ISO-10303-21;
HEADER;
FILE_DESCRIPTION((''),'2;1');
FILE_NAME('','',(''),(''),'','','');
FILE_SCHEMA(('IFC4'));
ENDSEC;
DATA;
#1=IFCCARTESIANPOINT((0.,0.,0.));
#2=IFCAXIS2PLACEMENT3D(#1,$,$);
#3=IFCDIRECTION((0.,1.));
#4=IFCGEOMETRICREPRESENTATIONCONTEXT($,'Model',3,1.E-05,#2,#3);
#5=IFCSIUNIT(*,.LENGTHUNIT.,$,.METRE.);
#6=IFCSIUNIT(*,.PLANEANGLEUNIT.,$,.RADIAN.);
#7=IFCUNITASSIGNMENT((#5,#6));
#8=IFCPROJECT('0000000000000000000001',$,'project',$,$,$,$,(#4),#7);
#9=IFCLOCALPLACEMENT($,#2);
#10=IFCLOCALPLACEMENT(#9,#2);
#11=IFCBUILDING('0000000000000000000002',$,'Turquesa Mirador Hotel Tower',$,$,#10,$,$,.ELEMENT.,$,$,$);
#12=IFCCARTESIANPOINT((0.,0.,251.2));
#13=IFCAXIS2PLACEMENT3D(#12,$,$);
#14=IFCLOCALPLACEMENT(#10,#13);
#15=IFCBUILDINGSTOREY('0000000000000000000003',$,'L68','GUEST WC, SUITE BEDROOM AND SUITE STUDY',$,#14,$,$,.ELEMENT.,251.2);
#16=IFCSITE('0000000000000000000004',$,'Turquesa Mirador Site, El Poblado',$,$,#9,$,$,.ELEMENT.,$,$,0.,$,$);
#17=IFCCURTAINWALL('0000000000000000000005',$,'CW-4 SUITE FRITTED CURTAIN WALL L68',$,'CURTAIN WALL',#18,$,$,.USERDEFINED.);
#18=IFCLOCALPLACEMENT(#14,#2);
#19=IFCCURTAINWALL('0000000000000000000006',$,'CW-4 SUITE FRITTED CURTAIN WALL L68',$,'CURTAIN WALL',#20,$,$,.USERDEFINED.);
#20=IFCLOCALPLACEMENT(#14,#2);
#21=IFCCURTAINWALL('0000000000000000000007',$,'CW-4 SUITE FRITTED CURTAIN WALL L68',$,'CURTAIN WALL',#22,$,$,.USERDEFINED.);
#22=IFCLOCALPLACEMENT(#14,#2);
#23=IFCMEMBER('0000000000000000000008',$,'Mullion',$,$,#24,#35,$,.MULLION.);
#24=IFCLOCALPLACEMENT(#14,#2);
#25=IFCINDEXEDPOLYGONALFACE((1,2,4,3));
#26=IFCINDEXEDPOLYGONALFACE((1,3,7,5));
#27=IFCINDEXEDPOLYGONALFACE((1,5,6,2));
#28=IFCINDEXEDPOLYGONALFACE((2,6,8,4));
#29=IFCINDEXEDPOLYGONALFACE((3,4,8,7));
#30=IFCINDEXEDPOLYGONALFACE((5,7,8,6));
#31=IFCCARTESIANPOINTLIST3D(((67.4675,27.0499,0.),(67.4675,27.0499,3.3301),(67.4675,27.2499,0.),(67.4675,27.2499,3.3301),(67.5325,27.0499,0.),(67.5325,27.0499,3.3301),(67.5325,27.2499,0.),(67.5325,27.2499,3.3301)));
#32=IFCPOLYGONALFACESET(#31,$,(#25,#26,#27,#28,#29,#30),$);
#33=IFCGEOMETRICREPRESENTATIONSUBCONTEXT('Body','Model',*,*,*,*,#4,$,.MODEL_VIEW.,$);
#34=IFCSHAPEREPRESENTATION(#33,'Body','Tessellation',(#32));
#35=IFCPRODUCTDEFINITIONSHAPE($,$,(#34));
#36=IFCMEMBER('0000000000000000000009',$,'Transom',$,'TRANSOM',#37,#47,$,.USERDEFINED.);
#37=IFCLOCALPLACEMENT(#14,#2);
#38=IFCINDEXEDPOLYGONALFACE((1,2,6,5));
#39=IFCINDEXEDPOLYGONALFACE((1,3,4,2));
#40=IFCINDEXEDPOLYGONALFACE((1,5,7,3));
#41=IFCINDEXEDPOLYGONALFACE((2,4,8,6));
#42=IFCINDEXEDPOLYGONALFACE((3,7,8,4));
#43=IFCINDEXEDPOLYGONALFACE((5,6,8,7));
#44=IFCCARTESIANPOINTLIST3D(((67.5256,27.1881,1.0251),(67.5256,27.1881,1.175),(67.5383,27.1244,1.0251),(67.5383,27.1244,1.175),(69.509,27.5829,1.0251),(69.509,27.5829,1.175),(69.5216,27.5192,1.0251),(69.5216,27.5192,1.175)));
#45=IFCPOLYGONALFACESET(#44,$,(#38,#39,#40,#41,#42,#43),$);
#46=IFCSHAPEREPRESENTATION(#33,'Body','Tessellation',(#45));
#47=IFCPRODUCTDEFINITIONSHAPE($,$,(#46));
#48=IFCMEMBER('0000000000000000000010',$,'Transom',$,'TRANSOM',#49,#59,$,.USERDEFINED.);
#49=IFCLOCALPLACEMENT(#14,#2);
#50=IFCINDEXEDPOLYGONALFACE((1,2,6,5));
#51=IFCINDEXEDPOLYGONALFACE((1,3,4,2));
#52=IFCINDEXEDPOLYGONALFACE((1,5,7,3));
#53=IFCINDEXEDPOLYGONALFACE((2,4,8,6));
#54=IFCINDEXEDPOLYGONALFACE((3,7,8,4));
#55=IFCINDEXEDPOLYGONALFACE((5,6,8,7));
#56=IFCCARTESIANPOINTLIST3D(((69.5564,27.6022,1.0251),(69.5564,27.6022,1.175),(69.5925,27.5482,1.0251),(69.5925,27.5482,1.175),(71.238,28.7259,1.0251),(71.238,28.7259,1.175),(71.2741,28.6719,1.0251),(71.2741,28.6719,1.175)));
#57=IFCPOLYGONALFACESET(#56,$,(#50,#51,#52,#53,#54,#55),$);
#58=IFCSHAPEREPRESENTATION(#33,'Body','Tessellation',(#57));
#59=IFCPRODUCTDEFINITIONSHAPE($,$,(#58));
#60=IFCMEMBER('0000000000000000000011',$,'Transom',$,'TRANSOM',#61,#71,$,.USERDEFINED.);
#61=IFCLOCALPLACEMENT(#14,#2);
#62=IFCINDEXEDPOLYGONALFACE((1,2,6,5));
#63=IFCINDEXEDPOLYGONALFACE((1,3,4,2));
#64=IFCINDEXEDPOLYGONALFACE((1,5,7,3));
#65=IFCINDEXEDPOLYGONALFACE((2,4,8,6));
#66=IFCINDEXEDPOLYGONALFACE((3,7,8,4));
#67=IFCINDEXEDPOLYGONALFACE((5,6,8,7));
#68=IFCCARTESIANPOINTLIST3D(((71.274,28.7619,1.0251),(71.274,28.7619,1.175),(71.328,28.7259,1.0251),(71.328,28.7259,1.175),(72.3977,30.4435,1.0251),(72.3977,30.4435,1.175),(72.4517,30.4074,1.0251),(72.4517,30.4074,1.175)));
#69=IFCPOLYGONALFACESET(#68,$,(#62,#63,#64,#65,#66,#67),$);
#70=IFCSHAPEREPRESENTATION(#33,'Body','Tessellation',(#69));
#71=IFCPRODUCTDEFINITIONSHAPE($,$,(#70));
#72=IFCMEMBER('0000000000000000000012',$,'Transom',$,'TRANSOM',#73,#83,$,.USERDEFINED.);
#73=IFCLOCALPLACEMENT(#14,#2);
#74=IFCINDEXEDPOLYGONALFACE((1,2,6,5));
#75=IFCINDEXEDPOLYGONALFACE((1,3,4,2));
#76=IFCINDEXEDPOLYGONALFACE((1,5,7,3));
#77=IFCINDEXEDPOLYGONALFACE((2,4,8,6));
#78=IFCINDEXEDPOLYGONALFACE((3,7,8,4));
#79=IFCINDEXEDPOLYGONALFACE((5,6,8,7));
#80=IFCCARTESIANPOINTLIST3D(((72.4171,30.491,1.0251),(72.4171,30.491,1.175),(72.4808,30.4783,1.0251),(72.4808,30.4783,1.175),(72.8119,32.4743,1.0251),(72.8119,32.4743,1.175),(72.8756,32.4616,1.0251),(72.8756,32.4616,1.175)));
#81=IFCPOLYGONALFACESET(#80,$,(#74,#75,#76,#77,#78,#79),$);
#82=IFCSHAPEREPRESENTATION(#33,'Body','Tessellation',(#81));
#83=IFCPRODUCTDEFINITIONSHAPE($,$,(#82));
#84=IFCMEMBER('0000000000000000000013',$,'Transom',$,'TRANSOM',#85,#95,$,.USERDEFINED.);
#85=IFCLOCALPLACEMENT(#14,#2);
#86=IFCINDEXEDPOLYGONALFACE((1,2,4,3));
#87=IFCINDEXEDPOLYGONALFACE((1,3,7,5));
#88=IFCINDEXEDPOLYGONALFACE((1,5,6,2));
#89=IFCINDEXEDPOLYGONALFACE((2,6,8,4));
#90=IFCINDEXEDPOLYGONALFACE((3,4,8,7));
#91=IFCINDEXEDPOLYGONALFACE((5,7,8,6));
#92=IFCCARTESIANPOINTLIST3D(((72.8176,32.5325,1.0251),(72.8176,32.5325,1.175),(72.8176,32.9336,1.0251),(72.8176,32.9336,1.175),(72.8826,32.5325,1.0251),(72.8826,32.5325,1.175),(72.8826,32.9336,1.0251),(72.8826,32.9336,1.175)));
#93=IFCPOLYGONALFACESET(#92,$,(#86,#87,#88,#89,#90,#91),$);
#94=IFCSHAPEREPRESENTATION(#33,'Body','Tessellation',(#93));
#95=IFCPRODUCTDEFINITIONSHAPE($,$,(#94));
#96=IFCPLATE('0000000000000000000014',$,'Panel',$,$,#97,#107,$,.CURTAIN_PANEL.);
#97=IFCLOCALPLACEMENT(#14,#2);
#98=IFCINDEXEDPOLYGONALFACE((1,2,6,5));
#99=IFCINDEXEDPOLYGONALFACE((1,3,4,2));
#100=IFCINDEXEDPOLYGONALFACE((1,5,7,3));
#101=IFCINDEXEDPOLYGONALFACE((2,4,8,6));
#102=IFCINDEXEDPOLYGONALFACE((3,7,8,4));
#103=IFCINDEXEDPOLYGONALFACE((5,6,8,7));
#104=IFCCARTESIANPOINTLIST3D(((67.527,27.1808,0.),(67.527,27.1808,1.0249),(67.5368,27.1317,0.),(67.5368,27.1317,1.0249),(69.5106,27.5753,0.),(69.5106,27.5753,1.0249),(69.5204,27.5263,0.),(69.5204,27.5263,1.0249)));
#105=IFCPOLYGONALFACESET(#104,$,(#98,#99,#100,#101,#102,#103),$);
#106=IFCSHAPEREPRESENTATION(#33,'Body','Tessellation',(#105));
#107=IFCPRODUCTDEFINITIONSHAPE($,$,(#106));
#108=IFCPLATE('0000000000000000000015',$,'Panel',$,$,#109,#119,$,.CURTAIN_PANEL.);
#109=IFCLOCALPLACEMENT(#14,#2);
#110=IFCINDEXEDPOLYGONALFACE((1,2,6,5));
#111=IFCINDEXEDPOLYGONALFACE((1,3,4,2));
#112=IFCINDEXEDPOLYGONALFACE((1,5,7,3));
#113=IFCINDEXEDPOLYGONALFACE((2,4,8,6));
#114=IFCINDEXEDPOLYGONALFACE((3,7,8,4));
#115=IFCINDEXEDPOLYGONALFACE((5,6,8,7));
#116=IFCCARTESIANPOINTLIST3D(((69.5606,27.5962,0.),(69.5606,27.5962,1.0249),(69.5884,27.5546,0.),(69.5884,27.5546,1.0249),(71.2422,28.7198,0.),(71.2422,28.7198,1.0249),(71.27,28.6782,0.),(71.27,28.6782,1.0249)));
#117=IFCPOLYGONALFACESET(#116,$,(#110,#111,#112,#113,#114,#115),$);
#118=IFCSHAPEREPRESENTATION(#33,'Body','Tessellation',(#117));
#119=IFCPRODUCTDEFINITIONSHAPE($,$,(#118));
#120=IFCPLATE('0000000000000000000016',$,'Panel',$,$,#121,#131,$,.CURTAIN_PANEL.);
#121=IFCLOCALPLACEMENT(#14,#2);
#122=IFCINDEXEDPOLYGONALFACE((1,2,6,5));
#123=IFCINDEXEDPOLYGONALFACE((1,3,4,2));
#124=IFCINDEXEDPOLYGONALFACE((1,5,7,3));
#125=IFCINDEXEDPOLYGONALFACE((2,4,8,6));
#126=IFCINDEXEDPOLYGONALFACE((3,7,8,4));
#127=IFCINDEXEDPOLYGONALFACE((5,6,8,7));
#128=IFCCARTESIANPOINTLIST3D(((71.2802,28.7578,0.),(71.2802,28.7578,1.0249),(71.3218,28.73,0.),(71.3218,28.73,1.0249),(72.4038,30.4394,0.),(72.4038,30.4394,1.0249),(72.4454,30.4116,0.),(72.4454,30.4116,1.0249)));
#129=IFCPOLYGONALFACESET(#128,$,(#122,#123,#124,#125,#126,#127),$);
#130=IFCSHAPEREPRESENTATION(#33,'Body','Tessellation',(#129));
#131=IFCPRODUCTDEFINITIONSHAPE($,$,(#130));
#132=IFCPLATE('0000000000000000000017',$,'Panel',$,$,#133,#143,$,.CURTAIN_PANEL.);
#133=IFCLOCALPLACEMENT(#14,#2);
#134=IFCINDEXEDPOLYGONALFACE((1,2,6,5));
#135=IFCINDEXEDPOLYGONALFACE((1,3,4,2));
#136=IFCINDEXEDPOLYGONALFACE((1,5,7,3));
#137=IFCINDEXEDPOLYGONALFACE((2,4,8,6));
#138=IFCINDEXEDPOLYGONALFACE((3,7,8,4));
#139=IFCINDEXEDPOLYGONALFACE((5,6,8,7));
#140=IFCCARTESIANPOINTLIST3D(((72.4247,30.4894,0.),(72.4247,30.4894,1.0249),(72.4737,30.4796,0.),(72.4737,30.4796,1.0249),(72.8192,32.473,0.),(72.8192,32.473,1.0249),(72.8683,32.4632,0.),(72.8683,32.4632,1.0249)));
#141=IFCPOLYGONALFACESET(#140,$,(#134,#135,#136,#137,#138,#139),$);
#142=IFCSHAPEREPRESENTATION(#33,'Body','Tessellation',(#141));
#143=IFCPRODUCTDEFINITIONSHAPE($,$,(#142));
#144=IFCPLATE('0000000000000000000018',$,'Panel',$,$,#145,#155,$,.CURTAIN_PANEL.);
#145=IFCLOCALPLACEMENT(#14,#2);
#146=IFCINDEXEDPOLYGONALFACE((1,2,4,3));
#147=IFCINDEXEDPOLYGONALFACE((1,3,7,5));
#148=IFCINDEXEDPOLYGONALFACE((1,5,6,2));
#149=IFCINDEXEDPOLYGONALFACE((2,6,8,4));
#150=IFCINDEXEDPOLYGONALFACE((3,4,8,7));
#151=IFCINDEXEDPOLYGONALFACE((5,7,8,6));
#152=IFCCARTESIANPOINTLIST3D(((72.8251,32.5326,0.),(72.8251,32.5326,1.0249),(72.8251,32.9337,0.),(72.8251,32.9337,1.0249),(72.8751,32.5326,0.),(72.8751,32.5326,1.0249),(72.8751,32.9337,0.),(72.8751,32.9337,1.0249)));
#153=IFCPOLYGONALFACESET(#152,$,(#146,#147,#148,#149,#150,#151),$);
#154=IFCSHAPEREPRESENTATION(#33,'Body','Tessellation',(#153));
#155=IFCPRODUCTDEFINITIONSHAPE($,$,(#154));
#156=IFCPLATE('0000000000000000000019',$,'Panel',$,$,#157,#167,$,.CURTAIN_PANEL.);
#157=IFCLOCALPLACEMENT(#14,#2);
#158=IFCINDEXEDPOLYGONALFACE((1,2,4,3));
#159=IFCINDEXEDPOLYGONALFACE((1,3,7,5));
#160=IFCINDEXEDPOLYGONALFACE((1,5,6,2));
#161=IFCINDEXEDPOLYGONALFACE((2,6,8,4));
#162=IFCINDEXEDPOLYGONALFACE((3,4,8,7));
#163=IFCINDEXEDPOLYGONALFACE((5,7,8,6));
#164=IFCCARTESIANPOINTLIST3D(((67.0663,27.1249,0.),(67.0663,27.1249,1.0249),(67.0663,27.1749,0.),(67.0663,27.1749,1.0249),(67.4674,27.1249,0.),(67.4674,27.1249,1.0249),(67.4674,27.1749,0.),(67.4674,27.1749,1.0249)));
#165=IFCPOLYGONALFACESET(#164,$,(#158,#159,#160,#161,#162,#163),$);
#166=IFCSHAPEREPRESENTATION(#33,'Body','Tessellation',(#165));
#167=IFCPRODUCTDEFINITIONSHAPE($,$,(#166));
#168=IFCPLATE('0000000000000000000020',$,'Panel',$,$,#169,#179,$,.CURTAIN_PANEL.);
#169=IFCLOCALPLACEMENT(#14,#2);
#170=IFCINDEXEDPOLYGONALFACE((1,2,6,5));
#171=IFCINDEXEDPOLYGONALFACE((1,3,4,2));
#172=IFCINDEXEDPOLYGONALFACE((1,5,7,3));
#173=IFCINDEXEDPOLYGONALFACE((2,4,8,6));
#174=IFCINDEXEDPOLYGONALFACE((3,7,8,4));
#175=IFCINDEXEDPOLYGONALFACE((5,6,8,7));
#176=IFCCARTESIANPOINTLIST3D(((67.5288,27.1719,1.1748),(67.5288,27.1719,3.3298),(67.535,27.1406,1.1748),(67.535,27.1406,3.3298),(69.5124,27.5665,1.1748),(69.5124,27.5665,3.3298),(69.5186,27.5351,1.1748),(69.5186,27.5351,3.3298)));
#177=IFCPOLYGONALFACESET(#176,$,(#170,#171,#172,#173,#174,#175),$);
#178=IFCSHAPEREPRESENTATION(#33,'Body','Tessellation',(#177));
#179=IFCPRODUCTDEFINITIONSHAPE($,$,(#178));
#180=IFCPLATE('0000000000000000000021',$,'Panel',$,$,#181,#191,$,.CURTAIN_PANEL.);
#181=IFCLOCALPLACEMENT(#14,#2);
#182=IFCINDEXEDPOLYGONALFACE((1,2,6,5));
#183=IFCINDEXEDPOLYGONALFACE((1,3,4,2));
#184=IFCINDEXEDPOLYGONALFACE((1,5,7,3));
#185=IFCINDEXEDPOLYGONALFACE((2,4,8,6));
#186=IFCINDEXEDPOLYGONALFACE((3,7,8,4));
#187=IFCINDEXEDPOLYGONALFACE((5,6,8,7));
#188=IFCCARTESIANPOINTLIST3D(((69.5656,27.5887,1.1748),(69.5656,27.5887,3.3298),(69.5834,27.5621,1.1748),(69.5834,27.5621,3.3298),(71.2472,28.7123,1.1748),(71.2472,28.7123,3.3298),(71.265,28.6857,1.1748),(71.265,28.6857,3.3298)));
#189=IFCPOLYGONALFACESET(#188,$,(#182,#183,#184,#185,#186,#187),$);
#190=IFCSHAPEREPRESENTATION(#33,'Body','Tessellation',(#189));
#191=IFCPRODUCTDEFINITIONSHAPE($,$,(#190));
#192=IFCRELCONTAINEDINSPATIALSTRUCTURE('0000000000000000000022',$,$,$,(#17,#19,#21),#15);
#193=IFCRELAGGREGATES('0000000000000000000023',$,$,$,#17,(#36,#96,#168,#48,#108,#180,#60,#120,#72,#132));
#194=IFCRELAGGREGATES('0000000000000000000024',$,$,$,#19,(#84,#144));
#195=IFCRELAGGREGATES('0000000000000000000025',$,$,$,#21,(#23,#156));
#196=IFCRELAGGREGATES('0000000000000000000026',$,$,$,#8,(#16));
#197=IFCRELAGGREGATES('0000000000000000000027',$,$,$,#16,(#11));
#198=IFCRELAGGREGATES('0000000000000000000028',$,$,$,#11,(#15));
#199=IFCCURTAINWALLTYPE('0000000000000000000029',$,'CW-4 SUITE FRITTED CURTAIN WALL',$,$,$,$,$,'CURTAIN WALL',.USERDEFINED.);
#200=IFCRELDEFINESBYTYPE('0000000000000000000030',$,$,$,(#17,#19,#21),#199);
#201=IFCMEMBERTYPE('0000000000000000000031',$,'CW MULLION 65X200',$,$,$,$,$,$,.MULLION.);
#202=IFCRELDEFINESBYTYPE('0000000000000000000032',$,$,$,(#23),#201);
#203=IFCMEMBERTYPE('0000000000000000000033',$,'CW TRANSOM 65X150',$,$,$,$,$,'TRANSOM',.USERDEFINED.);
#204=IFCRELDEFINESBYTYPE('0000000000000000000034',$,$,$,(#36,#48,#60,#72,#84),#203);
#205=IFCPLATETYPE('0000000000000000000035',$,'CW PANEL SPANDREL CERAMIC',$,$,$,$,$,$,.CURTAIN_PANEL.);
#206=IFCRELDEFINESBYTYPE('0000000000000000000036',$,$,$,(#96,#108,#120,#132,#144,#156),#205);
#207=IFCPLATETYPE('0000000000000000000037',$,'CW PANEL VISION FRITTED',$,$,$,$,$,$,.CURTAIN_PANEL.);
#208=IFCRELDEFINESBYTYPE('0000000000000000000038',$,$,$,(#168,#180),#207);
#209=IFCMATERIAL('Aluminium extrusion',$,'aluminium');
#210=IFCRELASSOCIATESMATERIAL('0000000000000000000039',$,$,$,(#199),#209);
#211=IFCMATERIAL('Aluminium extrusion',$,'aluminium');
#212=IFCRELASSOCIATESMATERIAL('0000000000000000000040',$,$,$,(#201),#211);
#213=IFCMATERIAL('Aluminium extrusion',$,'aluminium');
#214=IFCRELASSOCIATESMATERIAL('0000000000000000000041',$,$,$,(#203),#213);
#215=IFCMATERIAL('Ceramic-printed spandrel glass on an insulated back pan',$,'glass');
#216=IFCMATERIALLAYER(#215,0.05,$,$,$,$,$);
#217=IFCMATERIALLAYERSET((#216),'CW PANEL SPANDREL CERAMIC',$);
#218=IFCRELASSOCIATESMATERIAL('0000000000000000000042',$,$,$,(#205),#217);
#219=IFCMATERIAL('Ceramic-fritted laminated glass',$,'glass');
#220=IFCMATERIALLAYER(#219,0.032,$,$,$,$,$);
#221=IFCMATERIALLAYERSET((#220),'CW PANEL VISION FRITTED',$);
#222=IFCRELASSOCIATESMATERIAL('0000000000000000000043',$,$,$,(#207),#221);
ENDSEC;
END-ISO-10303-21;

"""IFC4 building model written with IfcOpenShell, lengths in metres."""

from ifc_helpers import new_model, si_unit, direction, frame, origin, origin_2d, place, context, subcontext, project, spatial, rectangle, extrude, material, layer, layer_set, material_profile, profile_set, type_object, element, aggregate, save


model = new_model("IFC4")

# Units and contexts
model_context = context("Model", 3, precision=1e-05, world=origin(), true_north=direction((0.0, 1.0)))
body_context = subcontext(model_context, "Body", "Model", "MODEL_VIEW")
ifc_project = project(units=[si_unit("LENGTHUNIT", "METRE"), si_unit("PLANEANGLEUNIT", "RADIAN")], contexts=[model_context])

# Site, building, storey
site_placement = place(None, origin())
site = spatial("IfcSite", under=ifc_project, at=site_placement, Name="Turquesa Mirador Site, El Poblado", CompositionType="ELEMENT", RefElevation=0.0)
building_placement = place(site_placement, origin())
building = spatial("IfcBuilding", under=site, at=building_placement, Name="Turquesa Mirador Hotel Tower", CompositionType="ELEMENT")
storey_placement = place(building_placement, frame((0.0, 0.0, 251.2)))
storey = spatial("IfcBuildingStorey", under=building, at=storey_placement, Name="L68", Description="GUEST WC, SUITE BEDROOM AND SUITE STUDY", CompositionType="ELEMENT", Elevation=251.2)

# Curtain walls
ifc_material_1 = material(Name="Aluminium extrusion", Category="aluminium")
curtain_wall_type = type_object("IfcCurtainWallType", Name="CW-4 SUITE FRITTED CURTAIN WALL", ElementType="CURTAIN WALL", PredefinedType="USERDEFINED", material=ifc_material_1)
curtain_wall_1_placement = place(storey_placement, origin())
curtain_wall_1 = element("IfcCurtainWall", 1, at=curtain_wall_1_placement, inside=storey, type_object=curtain_wall_type, Name="CW-4 SUITE FRITTED CURTAIN WALL L68", ObjectType="CURTAIN WALL", PredefinedType="USERDEFINED")
ifc_material_2 = material(Name="Aluminium extrusion", Category="aluminium")
ifc_material_profile_1 = material_profile(ifc_material_2, rectangle(XDim=0.0649, YDim=0.2, at=origin_2d()), Name="MULLION 65X200")
ifc_profile_set_1 = profile_set([ifc_material_profile_1], Name="Aluminium extrusion")
member_type_1 = type_object("IfcMemberType", Name="CW MULLION 65X200", PredefinedType="MULLION", material=ifc_profile_set_1)
curtain_wall_2_placement = place(storey_placement, origin())
curtain_wall_2 = element("IfcCurtainWall", 2, at=curtain_wall_2_placement, inside=storey, type_object=curtain_wall_type, Name="CW-4 SUITE FRITTED CURTAIN WALL L68", ObjectType="CURTAIN WALL", PredefinedType="USERDEFINED")

# Curtain wall, member
curtain_wall_3_placement = place(storey_placement, origin())
curtain_wall_3 = element("IfcCurtainWall", 3, at=curtain_wall_3_placement, inside=storey, type_object=curtain_wall_type, Name="CW-4 SUITE FRITTED CURTAIN WALL L68", ObjectType="CURTAIN WALL", PredefinedType="USERDEFINED")
member_1_placement = place(storey_placement, frame((67.5, 27.1499, 0.0), z_axis=(0.0, 0.0, 1.0), x_axis=(1.0, 0.0, 0.0)))
member_1 = element("IfcMember", 4, at=member_1_placement, type_object=member_type_1, Name="Mullion", PredefinedType="MULLION", context=body_context, shape_type="SweptSolid", body=[
    extrude(rectangle(XDim=0.0649, YDim=0.2, at=origin_2d()), origin(), (0.0, 0.0, 1.0), 3.3301),
])

# Members
ifc_material_3 = material(Name="Aluminium extrusion", Category="aluminium")
ifc_material_profile_2 = material_profile(ifc_material_3, rectangle(XDim=0.0649, YDim=0.1499, at=origin_2d()), Name="TRANSOM 65X150")
ifc_profile_set_2 = profile_set([ifc_material_profile_2], Name="Aluminium extrusion")
member_type_2 = type_object("IfcMemberType", Name="CW TRANSOM 65X150", ElementType="TRANSOM", PredefinedType="USERDEFINED", material=ifc_profile_set_2)
member_2_placement = place(storey_placement, frame((67.532, 27.1562, 1.1001), z_axis=(0.980761, 0.195211, 0.0), x_axis=(-0.195211, 0.980761, 0.0)))
member_2 = element("IfcMember", 5, at=member_2_placement, type_object=member_type_2, Name="Transom", ObjectType="TRANSOM", PredefinedType="USERDEFINED", context=body_context, shape_type="SweptSolid", body=[
    extrude(rectangle(XDim=0.0649, YDim=0.1499, at=origin_2d()), origin(), (0.0, 0.0, 1.0), 2.0222),
])
member_3_placement = place(storey_placement, frame((69.5745, 27.5752, 1.1001), z_axis=(0.831437, 0.555619, 0.0), x_axis=(-0.555619, 0.831437, 0.0)))
member_3 = element("IfcMember", 6, at=member_3_placement, type_object=member_type_2, Name="Transom", ObjectType="TRANSOM", PredefinedType="USERDEFINED", context=body_context, shape_type="SweptSolid", body=[
    extrude(rectangle(XDim=0.0649, YDim=0.1499, at=origin_2d()), origin(), (0.0, 0.0, 1.0), 2.0225),
])
member_4_placement = place(storey_placement, frame((71.301, 28.7439, 1.1001), z_axis=(0.555619, 0.831437, 0.0), x_axis=(-0.831437, 0.555619, 0.0)))
member_4 = element("IfcMember", 7, at=member_4_placement, type_object=member_type_2, Name="Transom", ObjectType="TRANSOM", PredefinedType="USERDEFINED", context=body_context, shape_type="SweptSolid", body=[
    extrude(rectangle(XDim=0.0649, YDim=0.1499, at=origin_2d()), origin(), (0.0, 0.0, 1.0), 2.0225),
])
member_5_placement = place(storey_placement, frame((72.449, 30.4846, 1.1001), z_axis=(0.195211, 0.980761, 0.0), x_axis=(-0.980761, 0.195211, 0.0)))
member_5 = element("IfcMember", 8, at=member_5_placement, type_object=member_type_2, Name="Transom", ObjectType="TRANSOM", PredefinedType="USERDEFINED", context=body_context, shape_type="SweptSolid", body=[
    extrude(rectangle(XDim=0.0649, YDim=0.1499, at=origin_2d()), origin(), (0.0, 0.0, 1.0), 2.0222),
])
member_6_placement = place(storey_placement, frame((72.8501, 32.5325, 1.1001), z_axis=(0.0, 1.0, 0.0), x_axis=(-1.0, 0.0, 0.0)))
member_6 = element("IfcMember", 9, at=member_6_placement, type_object=member_type_2, Name="Transom", ObjectType="TRANSOM", PredefinedType="USERDEFINED", context=body_context, shape_type="SweptSolid", body=[
    extrude(rectangle(XDim=0.0649, YDim=0.1499, at=origin_2d()), origin(), (0.0, 0.0, 1.0), 0.4011),
])

# Plates
ifc_material_4 = material(Name="Ceramic-printed spandrel glass on an insulated back pan", Category="glass")
ifc_layer_1 = layer(ifc_material_4, 0.05)
ifc_layer_set_1 = layer_set([ifc_layer_1], Name="CW PANEL SPANDREL CERAMIC")
plate_type_1 = type_object("IfcPlateType", Name="CW PANEL SPANDREL CERAMIC", PredefinedType="CURTAIN_PANEL", material=ifc_layer_set_1)
plate_1_placement = place(storey_placement, frame((68.5237, 27.3535, 0.0), z_axis=(0.0, 0.0, 1.0), x_axis=(0.980785, 0.195091, 0.0)))
plate_1 = element("IfcPlate", 10, at=plate_1_placement, type_object=plate_type_1, Name="Panel", PredefinedType="CURTAIN_PANEL", context=body_context, shape_type="SweptSolid", body=[
    extrude(rectangle(XDim=2.0225, YDim=0.05, at=origin_2d()), origin(), (0.0, 0.0, 1.0), 1.0249),
])
plate_2_placement = place(storey_placement, frame((70.4153, 28.1372, 0.0), z_axis=(0.0, 0.0, 1.0), x_axis=(0.83147, 0.55557, 0.0)))
plate_2 = element("IfcPlate", 11, at=plate_2_placement, type_object=plate_type_1, Name="Panel", PredefinedType="CURTAIN_PANEL", context=body_context, shape_type="SweptSolid", body=[
    extrude(rectangle(XDim=2.0225, YDim=0.05, at=origin_2d()), origin(), (0.0, 0.0, 1.0), 1.0249),
])
plate_3_placement = place(storey_placement, frame((71.8628, 29.5847, 0.0), z_axis=(0.0, 0.0, 1.0), x_axis=(0.55557, 0.83147, 0.0)))
plate_3 = element("IfcPlate", 12, at=plate_3_placement, type_object=plate_type_1, Name="Panel", PredefinedType="CURTAIN_PANEL", context=body_context, shape_type="SweptSolid", body=[
    extrude(rectangle(XDim=2.0225, YDim=0.05, at=origin_2d()), origin(), (0.0, 0.0, 1.0), 1.0249),
])
plate_4_placement = place(storey_placement, frame((72.6465, 31.4763, 0.0), z_axis=(0.0, 0.0, 1.0), x_axis=(0.195091, 0.980785, 0.0)))
plate_4 = element("IfcPlate", 13, at=plate_4_placement, type_object=plate_type_1, Name="Panel", PredefinedType="CURTAIN_PANEL", context=body_context, shape_type="SweptSolid", body=[
    extrude(rectangle(XDim=2.0225, YDim=0.05, at=origin_2d()), origin(), (0.0, 0.0, 1.0), 1.0249),
])
plate_5_placement = place(storey_placement, frame((72.8501, 32.7332, 0.0), z_axis=(0.0, 0.0, 1.0), x_axis=(0.0, 1.0, 0.0)))
plate_5 = element("IfcPlate", 14, at=plate_5_placement, type_object=plate_type_1, Name="Panel", PredefinedType="CURTAIN_PANEL", context=body_context, shape_type="SweptSolid", body=[
    extrude(rectangle(XDim=0.4011, YDim=0.05, at=origin_2d()), origin(), (0.0, 0.0, 1.0), 1.0249),
])
plate_6_placement = place(storey_placement, frame((67.2668, 27.1499, 0.0), z_axis=(0.0, 0.0, 1.0), x_axis=(1.0, 0.0, 0.0)))
plate_6 = element("IfcPlate", 15, at=plate_6_placement, type_object=plate_type_1, Name="Panel", PredefinedType="CURTAIN_PANEL", context=body_context, shape_type="SweptSolid", body=[
    extrude(rectangle(XDim=0.4011, YDim=0.05, at=origin_2d()), origin(), (0.0, 0.0, 1.0), 1.0249),
])
ifc_material_5 = material(Name="Ceramic-fritted laminated glass", Category="glass")
ifc_layer_2 = layer(ifc_material_5, 0.032)
ifc_layer_set_2 = layer_set([ifc_layer_2], Name="CW PANEL VISION FRITTED")
plate_type_2 = type_object("IfcPlateType", Name="CW PANEL VISION FRITTED", PredefinedType="CURTAIN_PANEL", material=ifc_layer_set_2)
plate_7_placement = place(storey_placement, frame((68.5237, 27.3535, 1.1748), z_axis=(0.0, 0.0, 1.0), x_axis=(0.980785, 0.195091, 0.0)))
plate_7 = element("IfcPlate", 16, at=plate_7_placement, type_object=plate_type_2, Name="Panel", PredefinedType="CURTAIN_PANEL", context=body_context, shape_type="SweptSolid", body=[
    extrude(rectangle(XDim=2.0225, YDim=0.032, at=origin_2d()), origin(), (0.0, 0.0, 1.0), 2.155),
])
plate_8_placement = place(storey_placement, frame((70.4153, 28.1372, 1.1748), z_axis=(0.0, 0.0, 1.0), x_axis=(0.83147, 0.55557, 0.0)))
plate_8 = element("IfcPlate", 17, at=plate_8_placement, type_object=plate_type_2, Name="Panel", PredefinedType="CURTAIN_PANEL", context=body_context, shape_type="SweptSolid", body=[
    extrude(rectangle(XDim=2.0225, YDim=0.032, at=origin_2d()), origin(), (0.0, 0.0, 1.0), 2.155),
])
aggregate(curtain_wall_1, [member_2, plate_1, plate_7, member_3, plate_2, plate_8, member_4, plate_3, member_5, plate_4])
aggregate(curtain_wall_2, [member_6, plate_5])
aggregate(curtain_wall_3, [member_1, plate_6])

save(model, "model.ifc")
